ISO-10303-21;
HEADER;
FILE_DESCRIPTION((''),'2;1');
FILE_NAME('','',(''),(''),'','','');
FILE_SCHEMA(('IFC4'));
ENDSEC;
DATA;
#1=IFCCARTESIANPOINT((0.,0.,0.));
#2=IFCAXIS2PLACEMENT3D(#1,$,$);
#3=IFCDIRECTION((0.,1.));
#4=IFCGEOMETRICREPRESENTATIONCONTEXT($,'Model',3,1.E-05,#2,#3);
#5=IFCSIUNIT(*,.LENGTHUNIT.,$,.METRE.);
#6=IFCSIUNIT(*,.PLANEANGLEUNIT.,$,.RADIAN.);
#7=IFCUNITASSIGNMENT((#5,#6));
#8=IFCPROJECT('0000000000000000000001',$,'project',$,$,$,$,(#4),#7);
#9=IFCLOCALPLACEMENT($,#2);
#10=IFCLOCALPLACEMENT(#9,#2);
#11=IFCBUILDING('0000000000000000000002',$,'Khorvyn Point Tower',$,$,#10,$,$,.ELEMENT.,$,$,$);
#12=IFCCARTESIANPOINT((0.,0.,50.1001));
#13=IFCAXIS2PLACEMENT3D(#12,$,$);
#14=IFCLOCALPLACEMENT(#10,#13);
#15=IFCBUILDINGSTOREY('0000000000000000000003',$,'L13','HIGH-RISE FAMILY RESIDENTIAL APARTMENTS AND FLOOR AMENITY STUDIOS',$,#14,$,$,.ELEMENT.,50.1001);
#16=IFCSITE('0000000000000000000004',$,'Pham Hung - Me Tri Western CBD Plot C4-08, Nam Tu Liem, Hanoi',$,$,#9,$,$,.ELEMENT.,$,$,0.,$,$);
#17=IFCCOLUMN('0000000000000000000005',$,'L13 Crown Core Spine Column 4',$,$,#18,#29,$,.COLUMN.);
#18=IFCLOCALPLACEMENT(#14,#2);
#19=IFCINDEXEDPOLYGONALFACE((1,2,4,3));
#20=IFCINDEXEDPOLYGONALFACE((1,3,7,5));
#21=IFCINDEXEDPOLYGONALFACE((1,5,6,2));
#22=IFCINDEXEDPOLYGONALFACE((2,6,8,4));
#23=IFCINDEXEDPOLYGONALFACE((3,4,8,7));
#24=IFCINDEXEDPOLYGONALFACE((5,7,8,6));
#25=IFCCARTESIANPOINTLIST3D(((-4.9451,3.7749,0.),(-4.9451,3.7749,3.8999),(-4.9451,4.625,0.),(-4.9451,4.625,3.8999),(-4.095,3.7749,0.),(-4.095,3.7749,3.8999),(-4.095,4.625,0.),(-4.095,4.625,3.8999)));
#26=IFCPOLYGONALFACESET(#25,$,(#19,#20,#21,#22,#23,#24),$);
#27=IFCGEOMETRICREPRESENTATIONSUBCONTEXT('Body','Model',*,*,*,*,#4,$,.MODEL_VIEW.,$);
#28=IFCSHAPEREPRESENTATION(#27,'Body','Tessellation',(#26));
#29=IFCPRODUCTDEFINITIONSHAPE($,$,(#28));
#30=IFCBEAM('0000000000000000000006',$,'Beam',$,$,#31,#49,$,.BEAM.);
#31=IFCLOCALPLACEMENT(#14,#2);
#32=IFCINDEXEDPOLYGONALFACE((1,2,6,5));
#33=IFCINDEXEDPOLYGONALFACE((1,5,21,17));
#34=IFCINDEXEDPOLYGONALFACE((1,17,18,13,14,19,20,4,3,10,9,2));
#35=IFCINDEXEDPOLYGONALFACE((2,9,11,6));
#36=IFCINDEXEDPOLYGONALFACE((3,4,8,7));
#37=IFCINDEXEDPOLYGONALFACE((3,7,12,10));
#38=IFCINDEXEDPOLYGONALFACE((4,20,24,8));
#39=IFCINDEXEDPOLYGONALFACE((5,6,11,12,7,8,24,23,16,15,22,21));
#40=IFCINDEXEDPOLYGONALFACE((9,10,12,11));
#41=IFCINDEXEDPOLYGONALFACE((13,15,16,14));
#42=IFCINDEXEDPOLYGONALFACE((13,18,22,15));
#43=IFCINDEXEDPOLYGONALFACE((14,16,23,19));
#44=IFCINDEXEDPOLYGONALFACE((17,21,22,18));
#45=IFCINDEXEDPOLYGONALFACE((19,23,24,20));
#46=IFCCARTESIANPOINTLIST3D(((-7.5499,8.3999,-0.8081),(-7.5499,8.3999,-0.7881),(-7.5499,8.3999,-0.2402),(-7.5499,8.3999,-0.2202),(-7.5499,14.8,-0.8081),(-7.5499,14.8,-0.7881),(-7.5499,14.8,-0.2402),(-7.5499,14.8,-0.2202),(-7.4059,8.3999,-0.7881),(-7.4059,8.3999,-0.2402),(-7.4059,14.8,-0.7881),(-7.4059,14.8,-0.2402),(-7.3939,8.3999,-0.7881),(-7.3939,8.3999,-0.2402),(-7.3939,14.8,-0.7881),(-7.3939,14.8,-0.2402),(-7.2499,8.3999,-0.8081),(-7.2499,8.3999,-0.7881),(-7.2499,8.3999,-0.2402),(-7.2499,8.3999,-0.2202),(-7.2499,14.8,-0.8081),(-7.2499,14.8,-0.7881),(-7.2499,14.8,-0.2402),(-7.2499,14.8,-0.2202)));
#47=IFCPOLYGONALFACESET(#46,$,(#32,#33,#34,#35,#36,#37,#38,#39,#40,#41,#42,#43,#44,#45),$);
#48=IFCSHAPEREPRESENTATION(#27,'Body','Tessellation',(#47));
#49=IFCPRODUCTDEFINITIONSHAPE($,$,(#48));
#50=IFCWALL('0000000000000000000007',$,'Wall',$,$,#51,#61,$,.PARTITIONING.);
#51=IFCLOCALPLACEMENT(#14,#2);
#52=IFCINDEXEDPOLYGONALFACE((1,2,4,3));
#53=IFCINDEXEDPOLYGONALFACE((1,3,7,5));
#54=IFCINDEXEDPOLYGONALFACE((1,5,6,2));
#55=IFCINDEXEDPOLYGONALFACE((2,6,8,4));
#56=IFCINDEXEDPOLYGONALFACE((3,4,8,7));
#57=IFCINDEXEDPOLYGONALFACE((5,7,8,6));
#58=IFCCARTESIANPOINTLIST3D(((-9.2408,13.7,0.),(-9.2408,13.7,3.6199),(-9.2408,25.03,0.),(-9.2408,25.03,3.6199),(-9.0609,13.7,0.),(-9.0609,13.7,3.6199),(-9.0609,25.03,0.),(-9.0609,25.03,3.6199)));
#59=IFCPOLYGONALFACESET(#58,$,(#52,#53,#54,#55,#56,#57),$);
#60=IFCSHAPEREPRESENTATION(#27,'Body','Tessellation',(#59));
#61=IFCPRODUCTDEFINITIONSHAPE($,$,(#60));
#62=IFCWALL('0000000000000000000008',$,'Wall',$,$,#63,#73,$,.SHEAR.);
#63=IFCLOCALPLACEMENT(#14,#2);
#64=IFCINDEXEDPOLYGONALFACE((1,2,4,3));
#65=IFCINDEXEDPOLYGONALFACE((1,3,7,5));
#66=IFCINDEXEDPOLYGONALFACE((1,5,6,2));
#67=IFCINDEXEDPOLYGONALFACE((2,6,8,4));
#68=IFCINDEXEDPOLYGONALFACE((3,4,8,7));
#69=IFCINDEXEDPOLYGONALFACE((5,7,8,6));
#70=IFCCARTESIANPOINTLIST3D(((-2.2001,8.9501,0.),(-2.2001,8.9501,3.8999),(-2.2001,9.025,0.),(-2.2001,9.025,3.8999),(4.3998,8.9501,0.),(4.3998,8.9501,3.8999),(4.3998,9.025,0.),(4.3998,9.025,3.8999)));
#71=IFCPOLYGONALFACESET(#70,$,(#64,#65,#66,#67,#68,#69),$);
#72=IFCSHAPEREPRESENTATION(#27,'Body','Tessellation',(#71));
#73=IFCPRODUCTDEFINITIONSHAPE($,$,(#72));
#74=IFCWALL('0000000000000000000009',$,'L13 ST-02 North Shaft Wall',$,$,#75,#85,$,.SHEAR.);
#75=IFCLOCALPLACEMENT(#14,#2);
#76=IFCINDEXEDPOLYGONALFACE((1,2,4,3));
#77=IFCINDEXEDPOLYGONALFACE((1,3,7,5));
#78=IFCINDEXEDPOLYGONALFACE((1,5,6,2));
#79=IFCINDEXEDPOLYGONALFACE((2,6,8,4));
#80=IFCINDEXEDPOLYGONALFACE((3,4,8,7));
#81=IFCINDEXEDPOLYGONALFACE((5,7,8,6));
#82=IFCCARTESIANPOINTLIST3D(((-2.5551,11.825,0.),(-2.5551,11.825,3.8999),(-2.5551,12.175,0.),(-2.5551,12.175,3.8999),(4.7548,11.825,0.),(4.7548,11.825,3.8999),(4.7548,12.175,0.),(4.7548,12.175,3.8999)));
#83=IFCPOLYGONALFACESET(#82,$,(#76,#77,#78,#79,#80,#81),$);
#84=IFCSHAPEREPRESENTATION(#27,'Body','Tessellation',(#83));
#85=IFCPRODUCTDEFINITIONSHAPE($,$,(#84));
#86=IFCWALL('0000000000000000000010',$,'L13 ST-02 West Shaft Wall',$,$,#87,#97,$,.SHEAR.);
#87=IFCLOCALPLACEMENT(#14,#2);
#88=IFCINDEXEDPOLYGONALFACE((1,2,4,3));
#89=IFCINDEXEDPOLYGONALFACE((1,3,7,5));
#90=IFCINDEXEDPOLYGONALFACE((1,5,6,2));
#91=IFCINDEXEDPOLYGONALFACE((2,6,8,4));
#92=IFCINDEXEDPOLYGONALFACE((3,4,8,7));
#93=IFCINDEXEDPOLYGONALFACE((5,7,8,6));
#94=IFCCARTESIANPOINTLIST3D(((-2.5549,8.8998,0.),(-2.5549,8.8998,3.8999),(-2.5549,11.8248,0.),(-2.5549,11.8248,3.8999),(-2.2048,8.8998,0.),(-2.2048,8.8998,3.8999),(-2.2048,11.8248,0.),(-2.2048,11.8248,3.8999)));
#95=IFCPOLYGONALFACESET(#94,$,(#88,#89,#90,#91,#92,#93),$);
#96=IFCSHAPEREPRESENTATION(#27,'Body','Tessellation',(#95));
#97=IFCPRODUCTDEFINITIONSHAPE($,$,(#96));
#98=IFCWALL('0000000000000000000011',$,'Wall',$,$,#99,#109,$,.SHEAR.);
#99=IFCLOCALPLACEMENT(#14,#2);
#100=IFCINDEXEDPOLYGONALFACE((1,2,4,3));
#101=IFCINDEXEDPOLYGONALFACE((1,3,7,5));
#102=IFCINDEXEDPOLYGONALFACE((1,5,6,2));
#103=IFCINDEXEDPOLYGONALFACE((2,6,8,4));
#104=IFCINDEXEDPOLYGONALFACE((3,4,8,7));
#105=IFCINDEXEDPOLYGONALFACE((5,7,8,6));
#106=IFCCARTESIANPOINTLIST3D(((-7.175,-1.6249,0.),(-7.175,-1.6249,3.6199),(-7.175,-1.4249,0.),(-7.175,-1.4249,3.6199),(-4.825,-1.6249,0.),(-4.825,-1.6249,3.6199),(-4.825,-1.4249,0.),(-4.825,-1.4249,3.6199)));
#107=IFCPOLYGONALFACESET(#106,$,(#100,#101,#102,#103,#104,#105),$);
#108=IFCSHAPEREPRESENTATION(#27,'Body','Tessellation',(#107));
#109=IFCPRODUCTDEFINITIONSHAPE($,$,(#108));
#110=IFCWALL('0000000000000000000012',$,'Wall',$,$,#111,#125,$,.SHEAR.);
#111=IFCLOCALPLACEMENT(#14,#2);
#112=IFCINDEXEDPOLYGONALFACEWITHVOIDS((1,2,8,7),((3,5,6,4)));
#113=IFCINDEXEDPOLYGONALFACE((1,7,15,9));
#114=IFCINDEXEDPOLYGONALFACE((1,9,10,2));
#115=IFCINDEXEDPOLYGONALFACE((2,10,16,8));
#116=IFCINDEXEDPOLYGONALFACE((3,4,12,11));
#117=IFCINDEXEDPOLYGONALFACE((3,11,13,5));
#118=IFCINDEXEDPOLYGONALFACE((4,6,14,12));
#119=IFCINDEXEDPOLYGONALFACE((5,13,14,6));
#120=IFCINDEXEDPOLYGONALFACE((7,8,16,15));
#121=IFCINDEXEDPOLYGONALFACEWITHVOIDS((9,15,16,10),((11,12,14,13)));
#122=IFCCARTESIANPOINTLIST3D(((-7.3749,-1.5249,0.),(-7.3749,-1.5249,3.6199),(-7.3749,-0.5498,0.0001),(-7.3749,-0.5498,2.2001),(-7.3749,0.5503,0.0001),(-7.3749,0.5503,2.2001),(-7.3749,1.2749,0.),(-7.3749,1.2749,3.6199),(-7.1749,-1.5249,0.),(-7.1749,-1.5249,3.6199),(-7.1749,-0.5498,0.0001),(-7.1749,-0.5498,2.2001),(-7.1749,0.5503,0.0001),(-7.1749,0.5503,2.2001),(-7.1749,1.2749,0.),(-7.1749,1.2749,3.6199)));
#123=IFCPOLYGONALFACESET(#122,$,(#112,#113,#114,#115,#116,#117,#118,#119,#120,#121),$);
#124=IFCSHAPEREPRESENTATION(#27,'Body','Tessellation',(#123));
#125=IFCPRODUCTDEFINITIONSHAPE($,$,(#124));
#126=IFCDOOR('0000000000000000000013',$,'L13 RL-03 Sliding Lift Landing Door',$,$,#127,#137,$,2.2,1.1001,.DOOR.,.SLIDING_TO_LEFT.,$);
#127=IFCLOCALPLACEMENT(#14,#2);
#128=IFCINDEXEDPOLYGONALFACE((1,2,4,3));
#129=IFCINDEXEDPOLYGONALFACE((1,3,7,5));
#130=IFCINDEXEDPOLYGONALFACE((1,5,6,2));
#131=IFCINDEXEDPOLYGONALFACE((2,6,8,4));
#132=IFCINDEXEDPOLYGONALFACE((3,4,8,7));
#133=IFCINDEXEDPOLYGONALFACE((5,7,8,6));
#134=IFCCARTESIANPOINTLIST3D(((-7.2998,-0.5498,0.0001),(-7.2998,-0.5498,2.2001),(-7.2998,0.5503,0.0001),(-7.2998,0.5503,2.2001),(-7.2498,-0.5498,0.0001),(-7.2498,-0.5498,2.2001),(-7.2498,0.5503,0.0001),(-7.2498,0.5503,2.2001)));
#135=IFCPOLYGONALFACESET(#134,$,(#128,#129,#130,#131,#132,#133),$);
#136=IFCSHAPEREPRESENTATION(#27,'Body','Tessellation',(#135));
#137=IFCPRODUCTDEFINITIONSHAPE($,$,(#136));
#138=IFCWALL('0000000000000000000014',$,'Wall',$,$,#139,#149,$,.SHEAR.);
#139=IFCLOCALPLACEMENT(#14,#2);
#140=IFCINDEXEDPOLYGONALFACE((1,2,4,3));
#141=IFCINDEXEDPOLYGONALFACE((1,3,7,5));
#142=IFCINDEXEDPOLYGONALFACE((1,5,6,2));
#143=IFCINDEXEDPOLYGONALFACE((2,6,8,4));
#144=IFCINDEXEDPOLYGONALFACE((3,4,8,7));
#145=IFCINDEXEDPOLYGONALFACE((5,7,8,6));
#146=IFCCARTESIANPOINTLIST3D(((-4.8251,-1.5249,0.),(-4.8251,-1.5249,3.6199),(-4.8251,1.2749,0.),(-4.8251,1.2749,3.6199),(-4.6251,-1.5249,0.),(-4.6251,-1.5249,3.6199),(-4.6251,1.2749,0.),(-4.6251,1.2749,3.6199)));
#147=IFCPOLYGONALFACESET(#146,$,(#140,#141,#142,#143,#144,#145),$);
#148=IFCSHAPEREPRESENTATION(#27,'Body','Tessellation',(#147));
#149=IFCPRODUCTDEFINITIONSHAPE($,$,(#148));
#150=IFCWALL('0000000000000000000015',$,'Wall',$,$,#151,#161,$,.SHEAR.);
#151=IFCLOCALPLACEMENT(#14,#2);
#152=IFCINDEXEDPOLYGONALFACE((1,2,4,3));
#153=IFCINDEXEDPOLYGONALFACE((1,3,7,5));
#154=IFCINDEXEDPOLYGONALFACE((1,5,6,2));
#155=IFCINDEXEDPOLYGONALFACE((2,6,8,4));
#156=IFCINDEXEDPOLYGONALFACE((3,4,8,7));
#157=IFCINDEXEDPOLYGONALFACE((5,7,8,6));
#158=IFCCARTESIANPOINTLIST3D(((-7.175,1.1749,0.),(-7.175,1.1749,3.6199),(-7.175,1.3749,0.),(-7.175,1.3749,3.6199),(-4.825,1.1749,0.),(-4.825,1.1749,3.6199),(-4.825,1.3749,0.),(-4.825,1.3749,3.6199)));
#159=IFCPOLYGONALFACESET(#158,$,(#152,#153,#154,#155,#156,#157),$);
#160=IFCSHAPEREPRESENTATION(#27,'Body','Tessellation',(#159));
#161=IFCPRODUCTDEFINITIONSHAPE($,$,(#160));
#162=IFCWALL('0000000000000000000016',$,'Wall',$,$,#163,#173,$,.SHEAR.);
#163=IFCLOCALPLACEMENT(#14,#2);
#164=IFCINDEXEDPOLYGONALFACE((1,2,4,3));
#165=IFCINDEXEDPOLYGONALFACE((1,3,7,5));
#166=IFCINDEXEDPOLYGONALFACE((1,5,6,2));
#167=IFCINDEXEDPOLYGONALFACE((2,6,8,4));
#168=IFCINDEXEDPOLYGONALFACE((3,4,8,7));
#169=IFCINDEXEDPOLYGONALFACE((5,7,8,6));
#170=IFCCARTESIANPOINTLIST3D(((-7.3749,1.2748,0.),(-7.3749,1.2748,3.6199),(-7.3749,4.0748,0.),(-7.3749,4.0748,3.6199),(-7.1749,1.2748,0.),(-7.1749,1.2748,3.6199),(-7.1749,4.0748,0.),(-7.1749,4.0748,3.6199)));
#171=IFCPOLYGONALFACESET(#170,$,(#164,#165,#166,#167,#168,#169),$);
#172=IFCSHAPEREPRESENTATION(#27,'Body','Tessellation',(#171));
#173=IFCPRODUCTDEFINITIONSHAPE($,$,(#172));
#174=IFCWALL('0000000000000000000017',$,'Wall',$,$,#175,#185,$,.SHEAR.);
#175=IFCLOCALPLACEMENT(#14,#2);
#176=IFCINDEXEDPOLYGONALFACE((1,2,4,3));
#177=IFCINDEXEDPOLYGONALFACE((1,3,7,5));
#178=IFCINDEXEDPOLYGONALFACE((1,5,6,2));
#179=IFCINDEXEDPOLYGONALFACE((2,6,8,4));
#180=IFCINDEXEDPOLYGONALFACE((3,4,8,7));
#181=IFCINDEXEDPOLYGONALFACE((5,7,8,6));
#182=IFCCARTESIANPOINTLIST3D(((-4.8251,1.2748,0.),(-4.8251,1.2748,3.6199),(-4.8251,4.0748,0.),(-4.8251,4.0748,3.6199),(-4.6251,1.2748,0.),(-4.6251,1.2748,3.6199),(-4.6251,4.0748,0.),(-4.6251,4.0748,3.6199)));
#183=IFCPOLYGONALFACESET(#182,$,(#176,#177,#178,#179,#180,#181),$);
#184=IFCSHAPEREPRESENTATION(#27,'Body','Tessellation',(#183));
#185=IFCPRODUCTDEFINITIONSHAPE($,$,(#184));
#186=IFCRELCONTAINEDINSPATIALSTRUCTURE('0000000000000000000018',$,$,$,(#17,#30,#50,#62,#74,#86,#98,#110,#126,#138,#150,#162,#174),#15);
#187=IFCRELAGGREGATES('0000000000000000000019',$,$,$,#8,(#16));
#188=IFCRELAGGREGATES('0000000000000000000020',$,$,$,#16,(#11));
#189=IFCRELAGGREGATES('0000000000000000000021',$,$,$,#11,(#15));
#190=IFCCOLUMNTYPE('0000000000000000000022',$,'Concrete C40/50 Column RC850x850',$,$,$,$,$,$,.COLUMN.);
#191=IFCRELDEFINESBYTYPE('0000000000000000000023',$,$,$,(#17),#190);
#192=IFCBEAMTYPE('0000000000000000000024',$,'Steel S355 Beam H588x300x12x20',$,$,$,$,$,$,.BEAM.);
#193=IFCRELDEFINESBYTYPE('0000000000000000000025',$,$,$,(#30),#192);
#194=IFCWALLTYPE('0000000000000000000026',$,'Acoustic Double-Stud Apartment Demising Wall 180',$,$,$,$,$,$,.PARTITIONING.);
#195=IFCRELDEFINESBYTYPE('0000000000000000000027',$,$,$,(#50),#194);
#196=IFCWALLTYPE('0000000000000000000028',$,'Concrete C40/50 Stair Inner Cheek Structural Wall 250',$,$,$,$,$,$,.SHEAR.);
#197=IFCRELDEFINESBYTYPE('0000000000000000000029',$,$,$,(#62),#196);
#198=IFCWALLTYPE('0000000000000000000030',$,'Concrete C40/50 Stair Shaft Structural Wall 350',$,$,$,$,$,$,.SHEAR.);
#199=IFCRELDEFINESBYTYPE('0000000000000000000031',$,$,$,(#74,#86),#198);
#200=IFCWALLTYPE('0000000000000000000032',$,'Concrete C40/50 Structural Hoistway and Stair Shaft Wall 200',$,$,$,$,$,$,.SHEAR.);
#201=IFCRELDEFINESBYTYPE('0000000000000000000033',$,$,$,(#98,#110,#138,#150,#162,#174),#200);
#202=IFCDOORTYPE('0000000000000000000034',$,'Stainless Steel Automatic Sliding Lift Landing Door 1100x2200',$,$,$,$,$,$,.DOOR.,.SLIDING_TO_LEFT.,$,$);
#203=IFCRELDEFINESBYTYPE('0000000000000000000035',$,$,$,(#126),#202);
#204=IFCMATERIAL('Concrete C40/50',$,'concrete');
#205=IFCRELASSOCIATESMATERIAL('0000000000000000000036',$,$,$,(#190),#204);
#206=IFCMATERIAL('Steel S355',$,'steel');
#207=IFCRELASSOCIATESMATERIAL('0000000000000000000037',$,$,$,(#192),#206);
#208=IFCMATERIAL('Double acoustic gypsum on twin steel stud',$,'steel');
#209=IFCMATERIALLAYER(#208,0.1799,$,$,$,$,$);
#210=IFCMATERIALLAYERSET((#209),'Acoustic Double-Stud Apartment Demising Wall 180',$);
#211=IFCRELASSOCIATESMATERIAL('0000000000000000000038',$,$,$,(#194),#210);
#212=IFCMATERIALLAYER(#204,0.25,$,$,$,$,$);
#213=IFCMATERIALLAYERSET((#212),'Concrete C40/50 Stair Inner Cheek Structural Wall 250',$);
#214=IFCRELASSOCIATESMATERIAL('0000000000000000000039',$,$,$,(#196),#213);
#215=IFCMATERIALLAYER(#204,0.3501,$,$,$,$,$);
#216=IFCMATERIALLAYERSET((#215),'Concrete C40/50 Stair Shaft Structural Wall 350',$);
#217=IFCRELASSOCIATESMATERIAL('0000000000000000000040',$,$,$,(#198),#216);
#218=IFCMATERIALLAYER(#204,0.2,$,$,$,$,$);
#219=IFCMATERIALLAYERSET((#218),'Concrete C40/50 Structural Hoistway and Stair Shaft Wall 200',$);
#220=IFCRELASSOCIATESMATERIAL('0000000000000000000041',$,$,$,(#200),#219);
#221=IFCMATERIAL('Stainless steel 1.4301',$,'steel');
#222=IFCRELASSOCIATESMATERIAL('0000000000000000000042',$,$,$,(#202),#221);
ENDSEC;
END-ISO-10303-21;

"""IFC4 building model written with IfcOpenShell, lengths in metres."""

from ifc_helpers import new_model, si_unit, direction, frame, frame_2d, origin, origin_2d, place, context, subcontext, project, spatial, rectangle, i_section, extrude, material, layer, layer_set, material_profile, profile_set, type_object, element, fill, save


model = new_model("IFC4")

# Units and contexts
model_context = context("Model", 3, precision=1e-05, world=origin(), true_north=direction((0.0, 1.0)))
body_context = subcontext(model_context, "Body", "Model", "MODEL_VIEW")
ifc_project = project(units=[si_unit("LENGTHUNIT", "METRE"), si_unit("PLANEANGLEUNIT", "RADIAN")], contexts=[model_context])

# Site, building, storey
site_placement = place(None, origin())
site = spatial("IfcSite", under=ifc_project, at=site_placement, Name="Pham Hung - Me Tri Western CBD Plot C4-08, Nam Tu Liem, Hanoi", CompositionType="ELEMENT", RefElevation=0.0)
building_placement = place(site_placement, origin())
building = spatial("IfcBuilding", under=site, at=building_placement, Name="Khorvyn Point Tower", CompositionType="ELEMENT")
storey_placement = place(building_placement, frame((0.0, 0.0, 50.1001)))
storey = spatial("IfcBuildingStorey", under=building, at=storey_placement, Name="L13", Description="HIGH-RISE FAMILY RESIDENTIAL APARTMENTS AND FLOOR AMENITY STUDIOS", CompositionType="ELEMENT", Elevation=50.1001)

# Column
ifc_material_1 = material(Name="Concrete C40/50", Category="concrete")
ifc_material_profile_1 = material_profile(ifc_material_1, rectangle(XDim=0.8501, YDim=0.8501, at=origin_2d()))
ifc_profile_set_1 = profile_set([ifc_material_profile_1], Name="Concrete C40/50 RC850x850")
column_type = type_object("IfcColumnType", Name="Concrete C40/50 Column RC850x850", PredefinedType="COLUMN", material=ifc_profile_set_1)
column_placement = place(storey_placement, frame((-4.52, 4.2, 0.0), z_axis=(0.0, 0.0, 1.0), x_axis=(1.0, 0.0, 0.0)))
element("IfcColumn", 1, at=column_placement, inside=storey, type_object=column_type, Name="L13 Crown Core Spine Column 4", PredefinedType="COLUMN", context=body_context, shape_type="SweptSolid", body=[
    extrude(rectangle(XDim=0.8501, YDim=0.8501, at=origin_2d()), origin(), (0.0, 0.0, 1.0), 3.8999),
])

# Beam
ifc_material_2 = material(Name="Steel S355", Category="steel")
ifc_material_profile_2 = material_profile(ifc_material_2, i_section(OverallWidth=0.3, OverallDepth=0.5879, WebThickness=0.012, FlangeThickness=0.02, at=origin_2d()))
ifc_profile_set_2 = profile_set([ifc_material_profile_2], Name="Steel S355 H588x300x12x20")
beam_type = type_object("IfcBeamType", Name="Steel S355 Beam H588x300x12x20", PredefinedType="BEAM", material=ifc_profile_set_2)
beam_placement = place(storey_placement, frame((-7.3999, 8.3999, -0.5142), z_axis=(0.0, 1.0, 0.0), x_axis=(-1.0, 0.0, 0.0)))
element("IfcBeam", 2, at=beam_placement, inside=storey, type_object=beam_type, Name="Beam", PredefinedType="BEAM", context=body_context, shape_type="SweptSolid", body=[
    extrude(i_section(OverallWidth=0.3, OverallDepth=0.5879, WebThickness=0.012, FlangeThickness=0.02, at=origin_2d()), origin(), (0.0, 0.0, 1.0), 6.4001),
])

# Walls
ifc_material_3 = material(Name="Double acoustic gypsum on twin steel stud", Category="steel")
ifc_layer_1 = layer(ifc_material_3, 0.1799)
ifc_layer_set_1 = layer_set([ifc_layer_1], Name="Acoustic Double-Stud Apartment Demising Wall 180")
wall_type_1 = type_object("IfcWallType", Name="Acoustic Double-Stud Apartment Demising Wall 180", PredefinedType="PARTITIONING", material=ifc_layer_set_1)
wall_1_placement = place(storey_placement, frame((-9.1509, 13.7, 0.0), z_axis=(0.0, 0.0, 1.0), x_axis=(0.0, 1.0, 0.0)))
element("IfcWall", 3, at=wall_1_placement, inside=storey, type_object=wall_type_1, Name="Wall", PredefinedType="PARTITIONING", context=body_context, shape_type="SweptSolid", body=[
    extrude(rectangle(XDim=11.3301, YDim=0.1799, at=frame_2d((5.665, 0.0))), origin(), (0.0, 0.0, 1.0), 3.6199),
])
ifc_layer_2 = layer(ifc_material_1, 0.25)
ifc_layer_set_2 = layer_set([ifc_layer_2], Name="Concrete C40/50 Stair Inner Cheek Structural Wall 250")
wall_type_2 = type_object("IfcWallType", Name="Concrete C40/50 Stair Inner Cheek Structural Wall 250", PredefinedType="SHEAR", material=ifc_layer_set_2)
wall_2_placement = place(storey_placement, frame((-2.2, 8.9875, 0.0), z_axis=(0.0, 0.0, 1.0), x_axis=(1.0, 0.0, 0.0)))
element("IfcWall", 4, at=wall_2_placement, inside=storey, type_object=wall_type_2, Name="Wall", PredefinedType="SHEAR", context=body_context, shape_type="SweptSolid", body=[
    extrude(rectangle(XDim=6.5999, YDim=0.075, at=frame_2d((3.2998, 0.0))), origin(), (0.0, 0.0, 1.0), 3.8999),
])
ifc_layer_3 = layer(ifc_material_1, 0.3501)
ifc_layer_set_3 = layer_set([ifc_layer_3], Name="Concrete C40/50 Stair Shaft Structural Wall 350")
wall_type_3 = type_object("IfcWallType", Name="Concrete C40/50 Stair Shaft Structural Wall 350", PredefinedType="SHEAR", material=ifc_layer_set_3)
wall_3_placement = place(storey_placement, frame((-2.5549, 12.0, 0.0), z_axis=(0.0, 0.0, 1.0), x_axis=(1.0, 0.0, 0.0)))
element("IfcWall", 5, at=wall_3_placement, inside=storey, type_object=wall_type_3, Name="L13 ST-02 North Shaft Wall", PredefinedType="SHEAR", context=body_context, shape_type="SweptSolid", body=[
    extrude(rectangle(XDim=7.3098, YDim=0.3501, at=frame_2d((3.6548, 0.0))), origin(), (0.0, 0.0, 1.0), 3.8999),
])
wall_4_placement = place(storey_placement, frame((-2.3799, 8.8999, 0.0), z_axis=(0.0, 0.0, 1.0), x_axis=(0.0, 1.0, 0.0)))
element("IfcWall", 6, at=wall_4_placement, inside=storey, type_object=wall_type_3, Name="L13 ST-02 West Shaft Wall", PredefinedType="SHEAR", context=body_context, shape_type="SweptSolid", body=[
    extrude(rectangle(XDim=2.925, YDim=0.3501, at=frame_2d((1.4624, 0.0))), origin(), (0.0, 0.0, 1.0), 3.8999),
])
ifc_layer_4 = layer(ifc_material_1, 0.2)
ifc_layer_set_4 = layer_set([ifc_layer_4], Name="Concrete C40/50 Structural Hoistway and Stair Shaft Wall 200")
wall_type_4 = type_object("IfcWallType", Name="Concrete C40/50 Structural Hoistway and Stair Shaft Wall 200", PredefinedType="SHEAR", material=ifc_layer_set_4)
wall_5_placement = place(storey_placement, frame((-7.175, -1.5249, 0.0), z_axis=(0.0, 0.0, 1.0), x_axis=(1.0, 0.0, 0.0)))
element("IfcWall", 7, at=wall_5_placement, inside=storey, type_object=wall_type_4, Name="Wall", PredefinedType="SHEAR", context=body_context, shape_type="SweptSolid", body=[
    extrude(rectangle(XDim=2.3501, YDim=0.2, at=frame_2d((1.175, 0.0))), origin(), (0.0, 0.0, 1.0), 3.6199),
])

# Wall, opening, door
wall_6_placement = place(storey_placement, frame((-7.2749, -1.5249, 0.0), z_axis=(0.0, 0.0, 1.0), x_axis=(0.0, 1.0, 0.0)))
wall_6 = element("IfcWall", 8, at=wall_6_placement, inside=storey, type_object=wall_type_4, Name="Wall", PredefinedType="SHEAR", context=body_context, shape_type="SweptSolid", body=[
    extrude(rectangle(XDim=2.7998, YDim=0.2, at=frame_2d((1.3999, 0.0))), origin(), (0.0, 0.0, 1.0), 3.6199),
])
opening_1_placement = place(wall_6_placement, frame((0.9751, 0.0, 0.0)))
opening_1 = element("IfcOpeningElement", 9, at=opening_1_placement, cuts=wall_6, PredefinedType="OPENING", context=body_context, shape_type="SweptSolid", body=[
    extrude(rectangle(XDim=1.1001, YDim=2.2, at=frame_2d((0.55, 1.1001))), frame((0.0, 0.1099, 0.0), z_axis=(0.0, -1.0, 0.0), x_axis=(1.0, 0.0, 0.0)), (0.0, 0.0, 1.0), 0.22),
])
ifc_material_4 = material(Name="Stainless steel 1.4301", Category="steel")
door_type_1 = type_object("IfcDoorType", Name="Stainless Steel Automatic Sliding Lift Landing Door 1100x2200", OperationType="SLIDING_TO_LEFT", PredefinedType="DOOR", material=ifc_material_4)
door_1_placement = place(opening_1_placement, origin())
door_1 = element("IfcDoor", 10, at=door_1_placement, inside=storey, type_object=door_type_1, Name="L13 RL-03 Sliding Lift Landing Door", OperationType="SLIDING_TO_LEFT", OverallHeight=2.2, OverallWidth=1.1001, PredefinedType="DOOR", context=body_context, shape_type="SweptSolid", body=[
    extrude(rectangle(XDim=1.1001, YDim=2.2, at=frame_2d((0.55, 1.1001))), frame((0.0, 0.0249, 0.0), z_axis=(0.0, -1.0, 0.0), x_axis=(1.0, 0.0, 0.0)), (0.0, 0.0, 1.0), 0.05),
])
fill(opening_1, door_1)

# Walls
wall_7_placement = place(storey_placement, frame((-4.7251, -1.5249, 0.0), z_axis=(0.0, 0.0, 1.0), x_axis=(0.0, 1.0, 0.0)))
element("IfcWall", 11, at=wall_7_placement, inside=storey, type_object=wall_type_4, Name="Wall", PredefinedType="SHEAR", context=body_context, shape_type="SweptSolid", body=[
    extrude(rectangle(XDim=2.7998, YDim=0.2, at=frame_2d((1.3999, 0.0))), origin(), (0.0, 0.0, 1.0), 3.6199),
])
wall_8_placement = place(storey_placement, frame((-7.175, 1.2749, 0.0), z_axis=(0.0, 0.0, 1.0), x_axis=(1.0, 0.0, 0.0)))
element("IfcWall", 12, at=wall_8_placement, inside=storey, type_object=wall_type_4, Name="Wall", PredefinedType="SHEAR", context=body_context, shape_type="SweptSolid", body=[
    extrude(rectangle(XDim=2.3501, YDim=0.2, at=frame_2d((1.175, 0.0))), origin(), (0.0, 0.0, 1.0), 3.6199),
])
for number, where, z_axis, x_axis, name in (
    (13, (-7.2749, 1.2749, 0.0), (0.0, 0.0, 1.0), (0.0, 1.0, 0.0), "Wall"),
    (14, (-4.7251, 1.2749, 0.0), (0.0, 0.0, 1.0), (0.0, 1.0, 0.0), "Wall"),
):
    element("IfcWall", number, at=place(storey_placement, frame(where, z_axis=z_axis, x_axis=x_axis)), inside=storey, type_object=wall_type_4, Name=name, PredefinedType="SHEAR", context=body_context, shape_type="SweptSolid", body=[
        extrude(rectangle(XDim=2.8, YDim=0.2, at=frame_2d((1.3999, 0.0))), origin(), (0.0, 0.0, 1.0), 3.6199),
    ])

save(model, "model.ifc")
